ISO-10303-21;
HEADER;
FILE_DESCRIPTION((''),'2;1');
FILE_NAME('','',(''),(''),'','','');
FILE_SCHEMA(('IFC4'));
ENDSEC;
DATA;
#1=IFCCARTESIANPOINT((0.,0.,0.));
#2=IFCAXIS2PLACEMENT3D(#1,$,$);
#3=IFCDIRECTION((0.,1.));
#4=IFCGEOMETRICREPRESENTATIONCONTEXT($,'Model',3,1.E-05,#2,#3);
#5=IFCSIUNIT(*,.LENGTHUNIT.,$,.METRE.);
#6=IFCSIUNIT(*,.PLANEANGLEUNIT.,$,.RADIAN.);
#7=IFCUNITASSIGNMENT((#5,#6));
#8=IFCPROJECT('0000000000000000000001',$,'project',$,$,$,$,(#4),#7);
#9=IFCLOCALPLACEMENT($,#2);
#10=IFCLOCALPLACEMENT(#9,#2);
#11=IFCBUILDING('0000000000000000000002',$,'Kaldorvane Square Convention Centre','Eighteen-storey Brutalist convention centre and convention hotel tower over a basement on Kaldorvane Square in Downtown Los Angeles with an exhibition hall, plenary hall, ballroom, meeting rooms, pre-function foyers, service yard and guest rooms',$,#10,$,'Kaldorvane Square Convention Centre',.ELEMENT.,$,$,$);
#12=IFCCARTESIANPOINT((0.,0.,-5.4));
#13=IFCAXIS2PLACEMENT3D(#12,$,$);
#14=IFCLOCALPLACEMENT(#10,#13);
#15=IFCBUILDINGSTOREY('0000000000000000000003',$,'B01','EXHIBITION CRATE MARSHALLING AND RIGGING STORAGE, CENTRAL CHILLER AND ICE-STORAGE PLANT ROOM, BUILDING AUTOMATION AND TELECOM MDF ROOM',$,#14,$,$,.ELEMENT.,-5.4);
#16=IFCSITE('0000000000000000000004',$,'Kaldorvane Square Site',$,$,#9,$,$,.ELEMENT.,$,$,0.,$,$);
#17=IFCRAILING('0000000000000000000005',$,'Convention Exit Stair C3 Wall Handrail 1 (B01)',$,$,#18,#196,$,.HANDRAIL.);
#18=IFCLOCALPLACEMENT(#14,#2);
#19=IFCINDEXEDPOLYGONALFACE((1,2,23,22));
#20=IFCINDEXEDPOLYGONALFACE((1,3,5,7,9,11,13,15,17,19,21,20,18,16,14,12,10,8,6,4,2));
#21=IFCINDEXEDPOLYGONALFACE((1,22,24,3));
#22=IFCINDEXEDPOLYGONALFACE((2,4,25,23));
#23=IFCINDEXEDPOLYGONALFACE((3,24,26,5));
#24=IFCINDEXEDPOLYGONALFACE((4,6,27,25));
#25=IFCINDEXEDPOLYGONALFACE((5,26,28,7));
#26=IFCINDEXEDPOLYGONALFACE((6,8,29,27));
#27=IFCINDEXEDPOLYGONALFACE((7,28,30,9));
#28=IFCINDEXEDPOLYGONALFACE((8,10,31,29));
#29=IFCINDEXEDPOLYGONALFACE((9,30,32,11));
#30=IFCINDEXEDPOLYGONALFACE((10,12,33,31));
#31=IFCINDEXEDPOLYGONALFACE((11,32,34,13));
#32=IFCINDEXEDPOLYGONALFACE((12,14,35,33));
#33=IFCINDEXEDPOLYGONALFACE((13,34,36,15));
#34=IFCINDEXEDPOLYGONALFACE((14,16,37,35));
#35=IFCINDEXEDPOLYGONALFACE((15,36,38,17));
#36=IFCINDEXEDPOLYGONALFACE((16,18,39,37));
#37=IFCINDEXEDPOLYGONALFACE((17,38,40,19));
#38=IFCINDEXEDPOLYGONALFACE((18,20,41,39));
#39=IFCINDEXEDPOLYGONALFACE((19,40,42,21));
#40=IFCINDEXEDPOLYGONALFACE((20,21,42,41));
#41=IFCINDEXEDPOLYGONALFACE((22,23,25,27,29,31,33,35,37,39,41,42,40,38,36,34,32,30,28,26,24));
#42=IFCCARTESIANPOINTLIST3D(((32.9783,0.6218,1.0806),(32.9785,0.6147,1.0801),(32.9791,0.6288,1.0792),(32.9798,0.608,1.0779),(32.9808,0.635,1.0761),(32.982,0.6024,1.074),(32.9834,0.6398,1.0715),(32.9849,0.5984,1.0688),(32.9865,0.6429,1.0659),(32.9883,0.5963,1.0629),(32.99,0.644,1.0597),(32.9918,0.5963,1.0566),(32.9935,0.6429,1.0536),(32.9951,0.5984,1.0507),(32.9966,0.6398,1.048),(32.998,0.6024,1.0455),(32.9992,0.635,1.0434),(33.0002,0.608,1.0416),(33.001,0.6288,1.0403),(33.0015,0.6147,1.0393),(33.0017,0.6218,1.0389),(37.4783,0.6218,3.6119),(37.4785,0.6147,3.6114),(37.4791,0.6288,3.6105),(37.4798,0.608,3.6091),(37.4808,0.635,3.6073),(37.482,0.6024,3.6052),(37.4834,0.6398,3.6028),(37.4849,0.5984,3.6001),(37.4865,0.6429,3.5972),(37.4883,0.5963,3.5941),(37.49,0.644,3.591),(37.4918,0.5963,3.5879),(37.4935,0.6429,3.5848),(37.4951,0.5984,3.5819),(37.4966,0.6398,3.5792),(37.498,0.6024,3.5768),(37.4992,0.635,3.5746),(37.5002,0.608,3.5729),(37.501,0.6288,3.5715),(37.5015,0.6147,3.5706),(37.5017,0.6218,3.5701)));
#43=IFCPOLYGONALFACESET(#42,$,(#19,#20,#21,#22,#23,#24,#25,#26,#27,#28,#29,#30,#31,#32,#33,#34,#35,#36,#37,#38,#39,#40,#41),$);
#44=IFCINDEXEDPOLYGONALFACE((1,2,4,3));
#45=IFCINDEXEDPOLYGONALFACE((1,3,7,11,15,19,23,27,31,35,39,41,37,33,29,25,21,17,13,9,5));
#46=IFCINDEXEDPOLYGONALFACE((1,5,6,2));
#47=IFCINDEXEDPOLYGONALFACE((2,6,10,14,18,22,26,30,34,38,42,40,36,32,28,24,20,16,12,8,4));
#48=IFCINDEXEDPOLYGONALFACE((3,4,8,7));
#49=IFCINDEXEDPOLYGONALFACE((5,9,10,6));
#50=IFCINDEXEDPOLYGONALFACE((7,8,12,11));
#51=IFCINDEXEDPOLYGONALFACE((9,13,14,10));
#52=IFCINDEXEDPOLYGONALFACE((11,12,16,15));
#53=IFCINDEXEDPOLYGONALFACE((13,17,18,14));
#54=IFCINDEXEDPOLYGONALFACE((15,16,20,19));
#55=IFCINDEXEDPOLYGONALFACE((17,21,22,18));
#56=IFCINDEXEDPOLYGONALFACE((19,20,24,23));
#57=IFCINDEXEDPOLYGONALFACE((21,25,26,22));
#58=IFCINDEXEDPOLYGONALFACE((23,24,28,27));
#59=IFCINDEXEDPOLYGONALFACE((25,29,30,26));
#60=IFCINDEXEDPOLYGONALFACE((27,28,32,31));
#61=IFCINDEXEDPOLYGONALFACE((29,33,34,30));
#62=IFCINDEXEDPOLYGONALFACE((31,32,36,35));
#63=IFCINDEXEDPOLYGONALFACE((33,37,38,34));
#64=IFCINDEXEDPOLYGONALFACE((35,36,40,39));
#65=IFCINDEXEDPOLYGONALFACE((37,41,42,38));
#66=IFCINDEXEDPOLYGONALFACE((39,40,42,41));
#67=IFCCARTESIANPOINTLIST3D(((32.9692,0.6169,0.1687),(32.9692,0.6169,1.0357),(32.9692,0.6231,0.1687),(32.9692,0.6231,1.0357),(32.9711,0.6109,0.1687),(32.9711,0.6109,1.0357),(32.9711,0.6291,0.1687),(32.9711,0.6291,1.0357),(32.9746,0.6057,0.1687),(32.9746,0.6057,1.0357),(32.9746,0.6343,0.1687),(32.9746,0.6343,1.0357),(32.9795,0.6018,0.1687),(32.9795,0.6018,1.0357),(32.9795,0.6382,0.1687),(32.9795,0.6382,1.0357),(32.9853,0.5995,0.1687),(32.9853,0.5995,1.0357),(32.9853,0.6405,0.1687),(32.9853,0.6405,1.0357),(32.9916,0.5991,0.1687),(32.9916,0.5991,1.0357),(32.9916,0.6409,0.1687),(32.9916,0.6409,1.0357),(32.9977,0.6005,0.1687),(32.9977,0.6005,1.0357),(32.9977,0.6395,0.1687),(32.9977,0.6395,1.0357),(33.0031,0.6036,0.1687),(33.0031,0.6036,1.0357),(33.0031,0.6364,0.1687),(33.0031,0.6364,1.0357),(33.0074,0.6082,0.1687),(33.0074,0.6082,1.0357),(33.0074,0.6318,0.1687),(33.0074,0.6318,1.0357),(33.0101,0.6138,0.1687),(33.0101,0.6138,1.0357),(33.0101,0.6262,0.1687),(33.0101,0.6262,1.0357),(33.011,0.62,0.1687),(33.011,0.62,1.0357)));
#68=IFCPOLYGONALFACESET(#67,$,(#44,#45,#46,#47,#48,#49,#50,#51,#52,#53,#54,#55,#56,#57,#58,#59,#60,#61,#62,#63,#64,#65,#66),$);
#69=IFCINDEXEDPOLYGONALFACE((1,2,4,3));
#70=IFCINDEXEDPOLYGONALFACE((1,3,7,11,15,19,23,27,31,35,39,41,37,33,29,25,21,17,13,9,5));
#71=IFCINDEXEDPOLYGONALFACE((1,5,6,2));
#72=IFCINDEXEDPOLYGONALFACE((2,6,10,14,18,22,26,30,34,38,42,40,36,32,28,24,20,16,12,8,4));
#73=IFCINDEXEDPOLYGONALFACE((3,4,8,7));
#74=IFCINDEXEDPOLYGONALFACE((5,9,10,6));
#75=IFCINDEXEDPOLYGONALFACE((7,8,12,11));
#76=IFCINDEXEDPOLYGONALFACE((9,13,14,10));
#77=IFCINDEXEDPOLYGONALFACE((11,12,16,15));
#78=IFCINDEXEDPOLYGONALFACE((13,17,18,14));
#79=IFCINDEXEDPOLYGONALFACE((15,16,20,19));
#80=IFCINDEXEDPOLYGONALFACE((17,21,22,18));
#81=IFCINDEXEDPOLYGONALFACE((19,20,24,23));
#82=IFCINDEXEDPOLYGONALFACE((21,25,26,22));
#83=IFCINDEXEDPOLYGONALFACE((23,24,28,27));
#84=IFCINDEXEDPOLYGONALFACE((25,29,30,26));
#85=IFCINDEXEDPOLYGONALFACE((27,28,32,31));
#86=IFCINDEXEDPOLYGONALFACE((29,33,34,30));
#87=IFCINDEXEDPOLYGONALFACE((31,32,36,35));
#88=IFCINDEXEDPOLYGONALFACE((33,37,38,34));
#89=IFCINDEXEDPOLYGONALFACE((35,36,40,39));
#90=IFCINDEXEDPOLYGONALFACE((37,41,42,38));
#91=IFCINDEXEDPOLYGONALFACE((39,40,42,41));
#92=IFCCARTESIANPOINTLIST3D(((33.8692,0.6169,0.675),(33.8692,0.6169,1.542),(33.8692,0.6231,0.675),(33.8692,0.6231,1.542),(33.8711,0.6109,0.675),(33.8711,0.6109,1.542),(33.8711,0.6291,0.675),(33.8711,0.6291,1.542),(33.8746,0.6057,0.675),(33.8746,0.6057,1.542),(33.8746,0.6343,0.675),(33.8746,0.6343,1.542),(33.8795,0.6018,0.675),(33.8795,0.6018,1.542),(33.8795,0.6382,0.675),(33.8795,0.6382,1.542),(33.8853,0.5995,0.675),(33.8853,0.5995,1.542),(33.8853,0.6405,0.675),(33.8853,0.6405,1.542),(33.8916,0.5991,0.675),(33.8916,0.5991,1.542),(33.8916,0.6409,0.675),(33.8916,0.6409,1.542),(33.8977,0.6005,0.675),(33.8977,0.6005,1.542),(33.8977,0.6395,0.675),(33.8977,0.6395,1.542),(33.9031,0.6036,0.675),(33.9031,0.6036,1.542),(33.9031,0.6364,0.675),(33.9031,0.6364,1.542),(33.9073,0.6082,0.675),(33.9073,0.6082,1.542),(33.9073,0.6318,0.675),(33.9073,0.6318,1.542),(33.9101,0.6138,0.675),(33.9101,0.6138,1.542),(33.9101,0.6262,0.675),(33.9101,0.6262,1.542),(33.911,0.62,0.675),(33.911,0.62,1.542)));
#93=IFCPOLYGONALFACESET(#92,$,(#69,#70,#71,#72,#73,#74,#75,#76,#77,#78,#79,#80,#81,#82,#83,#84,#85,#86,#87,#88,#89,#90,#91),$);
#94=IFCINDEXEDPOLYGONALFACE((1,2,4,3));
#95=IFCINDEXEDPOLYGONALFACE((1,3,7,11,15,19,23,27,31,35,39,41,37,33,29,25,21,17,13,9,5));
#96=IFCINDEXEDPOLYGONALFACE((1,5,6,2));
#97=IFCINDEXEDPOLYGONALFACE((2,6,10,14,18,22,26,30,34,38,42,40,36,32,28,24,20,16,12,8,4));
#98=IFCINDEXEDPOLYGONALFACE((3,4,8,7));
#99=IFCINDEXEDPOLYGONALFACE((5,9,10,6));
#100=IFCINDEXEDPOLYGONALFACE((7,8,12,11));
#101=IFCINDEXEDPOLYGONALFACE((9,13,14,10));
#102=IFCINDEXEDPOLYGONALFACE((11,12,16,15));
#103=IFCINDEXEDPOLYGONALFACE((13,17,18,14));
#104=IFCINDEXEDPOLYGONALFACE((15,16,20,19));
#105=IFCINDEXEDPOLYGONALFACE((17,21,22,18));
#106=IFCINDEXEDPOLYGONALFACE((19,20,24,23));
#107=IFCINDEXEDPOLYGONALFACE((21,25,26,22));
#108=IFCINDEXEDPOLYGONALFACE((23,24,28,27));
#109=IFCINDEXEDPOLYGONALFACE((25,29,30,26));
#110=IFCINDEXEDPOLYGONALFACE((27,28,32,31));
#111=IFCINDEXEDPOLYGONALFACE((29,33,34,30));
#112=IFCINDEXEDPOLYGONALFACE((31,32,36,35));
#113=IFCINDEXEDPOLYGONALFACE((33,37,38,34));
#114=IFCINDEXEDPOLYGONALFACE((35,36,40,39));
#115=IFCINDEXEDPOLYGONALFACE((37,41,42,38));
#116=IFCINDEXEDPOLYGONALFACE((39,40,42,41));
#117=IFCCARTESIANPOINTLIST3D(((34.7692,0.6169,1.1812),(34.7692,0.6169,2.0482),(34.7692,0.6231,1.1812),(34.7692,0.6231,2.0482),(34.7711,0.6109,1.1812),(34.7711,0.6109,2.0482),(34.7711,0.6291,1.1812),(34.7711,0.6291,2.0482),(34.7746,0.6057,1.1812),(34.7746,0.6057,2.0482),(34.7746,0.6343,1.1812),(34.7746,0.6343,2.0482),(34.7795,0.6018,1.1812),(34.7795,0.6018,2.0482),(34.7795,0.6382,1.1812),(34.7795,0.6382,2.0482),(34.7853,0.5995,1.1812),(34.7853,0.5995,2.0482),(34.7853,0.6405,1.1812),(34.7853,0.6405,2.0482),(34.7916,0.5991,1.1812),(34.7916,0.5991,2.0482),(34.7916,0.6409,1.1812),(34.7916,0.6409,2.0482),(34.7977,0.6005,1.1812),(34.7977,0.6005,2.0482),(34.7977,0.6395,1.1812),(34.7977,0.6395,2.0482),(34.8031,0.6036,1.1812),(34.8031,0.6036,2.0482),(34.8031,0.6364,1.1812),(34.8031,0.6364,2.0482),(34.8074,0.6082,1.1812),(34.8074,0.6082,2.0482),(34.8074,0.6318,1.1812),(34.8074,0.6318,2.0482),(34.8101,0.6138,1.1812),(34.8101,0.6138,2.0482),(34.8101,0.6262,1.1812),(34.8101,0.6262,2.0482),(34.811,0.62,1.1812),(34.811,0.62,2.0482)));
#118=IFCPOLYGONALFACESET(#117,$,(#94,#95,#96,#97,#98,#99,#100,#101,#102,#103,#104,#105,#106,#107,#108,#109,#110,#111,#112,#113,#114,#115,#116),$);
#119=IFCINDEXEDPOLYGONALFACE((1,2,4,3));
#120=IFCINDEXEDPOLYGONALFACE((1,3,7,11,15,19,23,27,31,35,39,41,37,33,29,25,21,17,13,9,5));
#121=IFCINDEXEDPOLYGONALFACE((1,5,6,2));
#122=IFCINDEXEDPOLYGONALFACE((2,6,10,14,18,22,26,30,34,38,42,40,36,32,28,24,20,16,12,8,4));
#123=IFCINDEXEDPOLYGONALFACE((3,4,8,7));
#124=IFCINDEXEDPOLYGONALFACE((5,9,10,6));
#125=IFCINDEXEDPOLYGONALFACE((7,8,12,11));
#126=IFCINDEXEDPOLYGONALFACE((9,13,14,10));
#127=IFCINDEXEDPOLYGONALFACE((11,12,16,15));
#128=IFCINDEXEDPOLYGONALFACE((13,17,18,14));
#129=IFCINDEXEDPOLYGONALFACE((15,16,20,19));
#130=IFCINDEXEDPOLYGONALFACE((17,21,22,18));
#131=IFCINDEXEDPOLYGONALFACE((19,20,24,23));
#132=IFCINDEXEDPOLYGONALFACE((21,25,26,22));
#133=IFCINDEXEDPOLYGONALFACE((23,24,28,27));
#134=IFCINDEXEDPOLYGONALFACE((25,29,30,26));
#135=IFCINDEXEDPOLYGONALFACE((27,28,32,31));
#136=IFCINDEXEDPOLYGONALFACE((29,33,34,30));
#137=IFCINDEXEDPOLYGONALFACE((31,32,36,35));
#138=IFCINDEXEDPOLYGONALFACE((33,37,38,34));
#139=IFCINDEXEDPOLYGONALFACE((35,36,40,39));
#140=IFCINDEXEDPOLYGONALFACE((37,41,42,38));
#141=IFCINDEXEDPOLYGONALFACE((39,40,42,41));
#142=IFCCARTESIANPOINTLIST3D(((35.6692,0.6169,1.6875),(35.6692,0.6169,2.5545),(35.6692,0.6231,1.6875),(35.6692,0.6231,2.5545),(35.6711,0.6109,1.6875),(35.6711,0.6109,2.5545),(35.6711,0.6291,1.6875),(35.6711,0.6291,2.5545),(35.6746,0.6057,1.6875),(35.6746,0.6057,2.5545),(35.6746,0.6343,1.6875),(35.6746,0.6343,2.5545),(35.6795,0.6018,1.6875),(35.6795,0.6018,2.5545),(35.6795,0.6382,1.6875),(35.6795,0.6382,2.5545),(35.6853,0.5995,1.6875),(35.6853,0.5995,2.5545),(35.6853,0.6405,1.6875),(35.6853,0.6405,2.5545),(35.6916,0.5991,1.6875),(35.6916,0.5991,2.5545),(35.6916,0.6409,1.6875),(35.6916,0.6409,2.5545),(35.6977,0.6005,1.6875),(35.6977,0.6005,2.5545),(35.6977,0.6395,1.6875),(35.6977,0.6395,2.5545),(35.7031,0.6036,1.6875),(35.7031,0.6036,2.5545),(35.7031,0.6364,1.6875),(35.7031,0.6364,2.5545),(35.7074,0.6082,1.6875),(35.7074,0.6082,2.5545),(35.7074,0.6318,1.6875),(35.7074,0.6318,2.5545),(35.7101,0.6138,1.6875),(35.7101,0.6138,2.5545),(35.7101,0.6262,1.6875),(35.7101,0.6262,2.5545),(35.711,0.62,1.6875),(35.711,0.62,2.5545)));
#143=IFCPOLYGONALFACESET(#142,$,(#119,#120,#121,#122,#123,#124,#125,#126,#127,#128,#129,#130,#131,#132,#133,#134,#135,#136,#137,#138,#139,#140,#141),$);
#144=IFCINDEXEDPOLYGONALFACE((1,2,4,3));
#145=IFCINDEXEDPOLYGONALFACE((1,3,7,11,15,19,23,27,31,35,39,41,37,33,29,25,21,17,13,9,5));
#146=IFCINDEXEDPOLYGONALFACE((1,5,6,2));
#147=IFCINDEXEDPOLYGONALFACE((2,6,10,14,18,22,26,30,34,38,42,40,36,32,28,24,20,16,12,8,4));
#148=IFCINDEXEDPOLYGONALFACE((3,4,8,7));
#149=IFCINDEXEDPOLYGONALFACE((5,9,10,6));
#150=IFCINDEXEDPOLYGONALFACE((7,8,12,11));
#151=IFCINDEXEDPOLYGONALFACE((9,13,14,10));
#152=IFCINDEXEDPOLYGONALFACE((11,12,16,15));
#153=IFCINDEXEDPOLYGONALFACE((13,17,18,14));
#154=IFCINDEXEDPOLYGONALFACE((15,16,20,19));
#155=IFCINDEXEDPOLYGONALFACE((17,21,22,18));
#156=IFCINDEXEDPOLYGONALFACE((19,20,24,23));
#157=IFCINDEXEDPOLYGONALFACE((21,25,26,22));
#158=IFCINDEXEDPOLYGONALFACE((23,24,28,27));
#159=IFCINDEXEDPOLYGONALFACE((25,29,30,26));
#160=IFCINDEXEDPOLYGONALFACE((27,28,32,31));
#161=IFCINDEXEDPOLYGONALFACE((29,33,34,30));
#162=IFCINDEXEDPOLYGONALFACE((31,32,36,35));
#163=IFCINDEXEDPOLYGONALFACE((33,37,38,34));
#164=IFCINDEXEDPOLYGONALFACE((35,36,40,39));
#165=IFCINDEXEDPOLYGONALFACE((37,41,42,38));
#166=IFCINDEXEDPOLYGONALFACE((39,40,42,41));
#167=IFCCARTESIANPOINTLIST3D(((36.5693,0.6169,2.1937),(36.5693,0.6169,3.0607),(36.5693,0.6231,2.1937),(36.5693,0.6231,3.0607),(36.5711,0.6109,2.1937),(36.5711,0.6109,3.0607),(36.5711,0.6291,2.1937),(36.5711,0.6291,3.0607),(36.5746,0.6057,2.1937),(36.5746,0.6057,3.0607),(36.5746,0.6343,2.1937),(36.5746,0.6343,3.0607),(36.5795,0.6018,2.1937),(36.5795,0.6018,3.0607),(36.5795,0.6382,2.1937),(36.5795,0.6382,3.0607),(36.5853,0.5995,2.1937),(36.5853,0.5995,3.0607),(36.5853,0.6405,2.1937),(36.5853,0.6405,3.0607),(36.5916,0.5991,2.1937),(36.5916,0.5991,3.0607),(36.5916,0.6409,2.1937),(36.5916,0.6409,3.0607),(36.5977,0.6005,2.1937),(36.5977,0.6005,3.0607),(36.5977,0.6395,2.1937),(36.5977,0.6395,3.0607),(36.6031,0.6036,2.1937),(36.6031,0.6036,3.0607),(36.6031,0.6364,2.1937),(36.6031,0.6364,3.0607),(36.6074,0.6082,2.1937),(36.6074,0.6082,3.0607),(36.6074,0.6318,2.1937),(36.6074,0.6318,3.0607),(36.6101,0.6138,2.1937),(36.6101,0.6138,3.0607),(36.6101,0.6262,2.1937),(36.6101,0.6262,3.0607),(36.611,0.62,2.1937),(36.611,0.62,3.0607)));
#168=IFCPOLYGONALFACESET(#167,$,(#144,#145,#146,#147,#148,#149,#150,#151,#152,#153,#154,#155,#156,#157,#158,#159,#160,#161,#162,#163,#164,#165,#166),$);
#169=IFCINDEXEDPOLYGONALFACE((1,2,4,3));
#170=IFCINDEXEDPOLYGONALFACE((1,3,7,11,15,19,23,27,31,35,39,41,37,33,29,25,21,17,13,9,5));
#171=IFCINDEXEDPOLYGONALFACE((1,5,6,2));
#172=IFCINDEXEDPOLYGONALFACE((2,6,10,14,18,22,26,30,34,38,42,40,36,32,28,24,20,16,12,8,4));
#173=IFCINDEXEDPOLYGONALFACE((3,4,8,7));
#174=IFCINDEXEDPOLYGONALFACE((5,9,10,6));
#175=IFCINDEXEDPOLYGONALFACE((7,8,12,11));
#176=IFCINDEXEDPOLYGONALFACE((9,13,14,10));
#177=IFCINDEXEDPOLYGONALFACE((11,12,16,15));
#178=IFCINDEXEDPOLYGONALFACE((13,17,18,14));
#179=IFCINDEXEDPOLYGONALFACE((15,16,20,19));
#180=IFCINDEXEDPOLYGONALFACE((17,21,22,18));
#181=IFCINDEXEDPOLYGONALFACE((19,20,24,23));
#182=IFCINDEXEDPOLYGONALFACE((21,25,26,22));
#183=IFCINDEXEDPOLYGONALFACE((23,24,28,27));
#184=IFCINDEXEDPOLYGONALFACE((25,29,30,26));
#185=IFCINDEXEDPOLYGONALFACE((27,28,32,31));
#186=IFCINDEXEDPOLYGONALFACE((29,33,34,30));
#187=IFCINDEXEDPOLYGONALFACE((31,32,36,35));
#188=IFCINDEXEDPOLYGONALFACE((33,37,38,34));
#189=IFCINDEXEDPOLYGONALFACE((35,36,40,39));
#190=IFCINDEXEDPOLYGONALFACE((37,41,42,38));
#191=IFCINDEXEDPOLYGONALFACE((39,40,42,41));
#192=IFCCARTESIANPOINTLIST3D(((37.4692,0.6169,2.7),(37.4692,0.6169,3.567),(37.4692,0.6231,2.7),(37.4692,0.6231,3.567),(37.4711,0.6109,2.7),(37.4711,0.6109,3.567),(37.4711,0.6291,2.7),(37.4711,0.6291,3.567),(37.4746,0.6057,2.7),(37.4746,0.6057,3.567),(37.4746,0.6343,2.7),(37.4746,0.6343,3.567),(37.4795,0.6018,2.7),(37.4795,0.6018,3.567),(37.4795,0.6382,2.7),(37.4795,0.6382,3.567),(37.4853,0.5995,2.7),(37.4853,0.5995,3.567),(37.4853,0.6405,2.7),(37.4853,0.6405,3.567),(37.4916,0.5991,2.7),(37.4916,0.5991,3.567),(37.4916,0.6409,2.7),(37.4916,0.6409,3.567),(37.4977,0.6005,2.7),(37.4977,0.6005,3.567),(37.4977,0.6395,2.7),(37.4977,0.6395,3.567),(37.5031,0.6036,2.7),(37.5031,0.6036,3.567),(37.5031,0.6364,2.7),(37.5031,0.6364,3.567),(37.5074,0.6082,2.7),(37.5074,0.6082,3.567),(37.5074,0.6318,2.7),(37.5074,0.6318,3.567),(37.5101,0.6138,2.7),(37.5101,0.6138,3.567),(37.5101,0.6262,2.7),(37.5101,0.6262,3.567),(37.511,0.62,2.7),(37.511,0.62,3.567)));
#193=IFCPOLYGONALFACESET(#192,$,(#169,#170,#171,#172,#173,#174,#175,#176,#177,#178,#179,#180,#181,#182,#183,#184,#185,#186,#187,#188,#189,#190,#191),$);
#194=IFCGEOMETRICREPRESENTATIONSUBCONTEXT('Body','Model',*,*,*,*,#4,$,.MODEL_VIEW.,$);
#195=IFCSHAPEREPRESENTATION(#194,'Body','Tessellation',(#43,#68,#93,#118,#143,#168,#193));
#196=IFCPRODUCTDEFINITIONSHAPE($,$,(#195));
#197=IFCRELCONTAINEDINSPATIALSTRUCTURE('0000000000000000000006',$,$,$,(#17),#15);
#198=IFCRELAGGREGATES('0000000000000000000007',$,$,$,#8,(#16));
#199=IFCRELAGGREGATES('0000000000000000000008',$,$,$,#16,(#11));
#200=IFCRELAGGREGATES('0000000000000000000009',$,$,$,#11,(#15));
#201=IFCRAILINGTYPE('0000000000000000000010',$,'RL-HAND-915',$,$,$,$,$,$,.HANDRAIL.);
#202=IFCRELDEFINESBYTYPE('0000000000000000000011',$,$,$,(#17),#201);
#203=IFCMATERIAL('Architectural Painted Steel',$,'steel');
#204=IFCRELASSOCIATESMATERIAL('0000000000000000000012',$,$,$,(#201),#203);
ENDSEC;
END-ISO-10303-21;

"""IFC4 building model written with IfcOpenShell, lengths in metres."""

from ifc_helpers import new_model, si_unit, direction, frame, origin, origin_2d, place, context, subcontext, project, spatial, circle, extrude, material, type_object, element, save


model = new_model("IFC4")

# Units and contexts
model_context = context("Model", 3, precision=1e-05, world=origin(), true_north=direction((0.0, 1.0)))
body_context = subcontext(model_context, "Body", "Model", "MODEL_VIEW")
ifc_project = project(units=[si_unit("LENGTHUNIT", "METRE"), si_unit("PLANEANGLEUNIT", "RADIAN")], contexts=[model_context])

# Site, building, storey
site_placement = place(None, origin())
site = spatial("IfcSite", under=ifc_project, at=site_placement, Name="Kaldorvane Square Site", CompositionType="ELEMENT", RefElevation=0.0)
building_placement = place(site_placement, origin())
building = spatial("IfcBuilding", under=site, at=building_placement, Name="Kaldorvane Square Convention Centre", Description="Eighteen-storey Brutalist convention centre and convention hotel tower over a basement on Kaldorvane Square in Downtown Los Angeles with an exhibition hall, plenary hall, ballroom, meeting rooms, pre-function foyers, service yard and guest rooms", LongName="Kaldorvane Square Convention Centre", CompositionType="ELEMENT")
storey_placement = place(building_placement, frame((0.0, 0.0, -5.4)))
storey = spatial("IfcBuildingStorey", under=building, at=storey_placement, Name="B01", Description="EXHIBITION CRATE MARSHALLING AND RIGGING STORAGE, CENTRAL CHILLER AND ICE-STORAGE PLANT ROOM, BUILDING AUTOMATION AND TELECOM MDF ROOM", CompositionType="ELEMENT", Elevation=-5.4)

# Railing
ifc_material_1 = material(Name="Architectural Painted Steel", Category="steel")
railing_type_1 = type_object("IfcRailingType", Name="RL-HAND-915", PredefinedType="HANDRAIL", material=ifc_material_1)
for number, where, name in (
    (1, (32.99, 0.62, 0.1687), "Convention Exit Stair C3 Wall Handrail 1 (B01)"),
):
    element("IfcRailing", number, at=place(storey_placement, frame(where)), inside=storey, type_object=railing_type_1, Name=name, PredefinedType="HANDRAIL", context=body_context, shape_type="SweptSolid", body=[
        extrude(circle(Radius=0.024, at=origin_2d()), frame((0.0, 0.0, 0.891), z_axis=(0.871576, 0.0, 0.490261), x_axis=(0.0, 1.0, 0.0)), (0.0, 0.0, 1.0), 5.1631),
        extrude(circle(Radius=0.021, at=origin_2d()), origin(), (0.0, 0.0, 1.0), 0.867),
        extrude(circle(Radius=0.021, at=origin_2d()), frame((0.9, 0.0, 0.5063)), (0.0, 0.0, 1.0), 0.867),
        extrude(circle(Radius=0.021, at=origin_2d()), frame((1.8, 0.0, 1.0125)), (0.0, 0.0, 1.0), 0.867),
        extrude(circle(Radius=0.021, at=origin_2d()), frame((2.7, 0.0, 1.5188)), (0.0, 0.0, 1.0), 0.867),
        extrude(circle(Radius=0.021, at=origin_2d()), frame((3.6, 0.0, 2.025)), (0.0, 0.0, 1.0), 0.867),
        extrude(circle(Radius=0.021, at=origin_2d()), frame((4.5, 0.0, 2.5312)), (0.0, 0.0, 1.0), 0.867),
    ])

save(model, "model.ifc")
